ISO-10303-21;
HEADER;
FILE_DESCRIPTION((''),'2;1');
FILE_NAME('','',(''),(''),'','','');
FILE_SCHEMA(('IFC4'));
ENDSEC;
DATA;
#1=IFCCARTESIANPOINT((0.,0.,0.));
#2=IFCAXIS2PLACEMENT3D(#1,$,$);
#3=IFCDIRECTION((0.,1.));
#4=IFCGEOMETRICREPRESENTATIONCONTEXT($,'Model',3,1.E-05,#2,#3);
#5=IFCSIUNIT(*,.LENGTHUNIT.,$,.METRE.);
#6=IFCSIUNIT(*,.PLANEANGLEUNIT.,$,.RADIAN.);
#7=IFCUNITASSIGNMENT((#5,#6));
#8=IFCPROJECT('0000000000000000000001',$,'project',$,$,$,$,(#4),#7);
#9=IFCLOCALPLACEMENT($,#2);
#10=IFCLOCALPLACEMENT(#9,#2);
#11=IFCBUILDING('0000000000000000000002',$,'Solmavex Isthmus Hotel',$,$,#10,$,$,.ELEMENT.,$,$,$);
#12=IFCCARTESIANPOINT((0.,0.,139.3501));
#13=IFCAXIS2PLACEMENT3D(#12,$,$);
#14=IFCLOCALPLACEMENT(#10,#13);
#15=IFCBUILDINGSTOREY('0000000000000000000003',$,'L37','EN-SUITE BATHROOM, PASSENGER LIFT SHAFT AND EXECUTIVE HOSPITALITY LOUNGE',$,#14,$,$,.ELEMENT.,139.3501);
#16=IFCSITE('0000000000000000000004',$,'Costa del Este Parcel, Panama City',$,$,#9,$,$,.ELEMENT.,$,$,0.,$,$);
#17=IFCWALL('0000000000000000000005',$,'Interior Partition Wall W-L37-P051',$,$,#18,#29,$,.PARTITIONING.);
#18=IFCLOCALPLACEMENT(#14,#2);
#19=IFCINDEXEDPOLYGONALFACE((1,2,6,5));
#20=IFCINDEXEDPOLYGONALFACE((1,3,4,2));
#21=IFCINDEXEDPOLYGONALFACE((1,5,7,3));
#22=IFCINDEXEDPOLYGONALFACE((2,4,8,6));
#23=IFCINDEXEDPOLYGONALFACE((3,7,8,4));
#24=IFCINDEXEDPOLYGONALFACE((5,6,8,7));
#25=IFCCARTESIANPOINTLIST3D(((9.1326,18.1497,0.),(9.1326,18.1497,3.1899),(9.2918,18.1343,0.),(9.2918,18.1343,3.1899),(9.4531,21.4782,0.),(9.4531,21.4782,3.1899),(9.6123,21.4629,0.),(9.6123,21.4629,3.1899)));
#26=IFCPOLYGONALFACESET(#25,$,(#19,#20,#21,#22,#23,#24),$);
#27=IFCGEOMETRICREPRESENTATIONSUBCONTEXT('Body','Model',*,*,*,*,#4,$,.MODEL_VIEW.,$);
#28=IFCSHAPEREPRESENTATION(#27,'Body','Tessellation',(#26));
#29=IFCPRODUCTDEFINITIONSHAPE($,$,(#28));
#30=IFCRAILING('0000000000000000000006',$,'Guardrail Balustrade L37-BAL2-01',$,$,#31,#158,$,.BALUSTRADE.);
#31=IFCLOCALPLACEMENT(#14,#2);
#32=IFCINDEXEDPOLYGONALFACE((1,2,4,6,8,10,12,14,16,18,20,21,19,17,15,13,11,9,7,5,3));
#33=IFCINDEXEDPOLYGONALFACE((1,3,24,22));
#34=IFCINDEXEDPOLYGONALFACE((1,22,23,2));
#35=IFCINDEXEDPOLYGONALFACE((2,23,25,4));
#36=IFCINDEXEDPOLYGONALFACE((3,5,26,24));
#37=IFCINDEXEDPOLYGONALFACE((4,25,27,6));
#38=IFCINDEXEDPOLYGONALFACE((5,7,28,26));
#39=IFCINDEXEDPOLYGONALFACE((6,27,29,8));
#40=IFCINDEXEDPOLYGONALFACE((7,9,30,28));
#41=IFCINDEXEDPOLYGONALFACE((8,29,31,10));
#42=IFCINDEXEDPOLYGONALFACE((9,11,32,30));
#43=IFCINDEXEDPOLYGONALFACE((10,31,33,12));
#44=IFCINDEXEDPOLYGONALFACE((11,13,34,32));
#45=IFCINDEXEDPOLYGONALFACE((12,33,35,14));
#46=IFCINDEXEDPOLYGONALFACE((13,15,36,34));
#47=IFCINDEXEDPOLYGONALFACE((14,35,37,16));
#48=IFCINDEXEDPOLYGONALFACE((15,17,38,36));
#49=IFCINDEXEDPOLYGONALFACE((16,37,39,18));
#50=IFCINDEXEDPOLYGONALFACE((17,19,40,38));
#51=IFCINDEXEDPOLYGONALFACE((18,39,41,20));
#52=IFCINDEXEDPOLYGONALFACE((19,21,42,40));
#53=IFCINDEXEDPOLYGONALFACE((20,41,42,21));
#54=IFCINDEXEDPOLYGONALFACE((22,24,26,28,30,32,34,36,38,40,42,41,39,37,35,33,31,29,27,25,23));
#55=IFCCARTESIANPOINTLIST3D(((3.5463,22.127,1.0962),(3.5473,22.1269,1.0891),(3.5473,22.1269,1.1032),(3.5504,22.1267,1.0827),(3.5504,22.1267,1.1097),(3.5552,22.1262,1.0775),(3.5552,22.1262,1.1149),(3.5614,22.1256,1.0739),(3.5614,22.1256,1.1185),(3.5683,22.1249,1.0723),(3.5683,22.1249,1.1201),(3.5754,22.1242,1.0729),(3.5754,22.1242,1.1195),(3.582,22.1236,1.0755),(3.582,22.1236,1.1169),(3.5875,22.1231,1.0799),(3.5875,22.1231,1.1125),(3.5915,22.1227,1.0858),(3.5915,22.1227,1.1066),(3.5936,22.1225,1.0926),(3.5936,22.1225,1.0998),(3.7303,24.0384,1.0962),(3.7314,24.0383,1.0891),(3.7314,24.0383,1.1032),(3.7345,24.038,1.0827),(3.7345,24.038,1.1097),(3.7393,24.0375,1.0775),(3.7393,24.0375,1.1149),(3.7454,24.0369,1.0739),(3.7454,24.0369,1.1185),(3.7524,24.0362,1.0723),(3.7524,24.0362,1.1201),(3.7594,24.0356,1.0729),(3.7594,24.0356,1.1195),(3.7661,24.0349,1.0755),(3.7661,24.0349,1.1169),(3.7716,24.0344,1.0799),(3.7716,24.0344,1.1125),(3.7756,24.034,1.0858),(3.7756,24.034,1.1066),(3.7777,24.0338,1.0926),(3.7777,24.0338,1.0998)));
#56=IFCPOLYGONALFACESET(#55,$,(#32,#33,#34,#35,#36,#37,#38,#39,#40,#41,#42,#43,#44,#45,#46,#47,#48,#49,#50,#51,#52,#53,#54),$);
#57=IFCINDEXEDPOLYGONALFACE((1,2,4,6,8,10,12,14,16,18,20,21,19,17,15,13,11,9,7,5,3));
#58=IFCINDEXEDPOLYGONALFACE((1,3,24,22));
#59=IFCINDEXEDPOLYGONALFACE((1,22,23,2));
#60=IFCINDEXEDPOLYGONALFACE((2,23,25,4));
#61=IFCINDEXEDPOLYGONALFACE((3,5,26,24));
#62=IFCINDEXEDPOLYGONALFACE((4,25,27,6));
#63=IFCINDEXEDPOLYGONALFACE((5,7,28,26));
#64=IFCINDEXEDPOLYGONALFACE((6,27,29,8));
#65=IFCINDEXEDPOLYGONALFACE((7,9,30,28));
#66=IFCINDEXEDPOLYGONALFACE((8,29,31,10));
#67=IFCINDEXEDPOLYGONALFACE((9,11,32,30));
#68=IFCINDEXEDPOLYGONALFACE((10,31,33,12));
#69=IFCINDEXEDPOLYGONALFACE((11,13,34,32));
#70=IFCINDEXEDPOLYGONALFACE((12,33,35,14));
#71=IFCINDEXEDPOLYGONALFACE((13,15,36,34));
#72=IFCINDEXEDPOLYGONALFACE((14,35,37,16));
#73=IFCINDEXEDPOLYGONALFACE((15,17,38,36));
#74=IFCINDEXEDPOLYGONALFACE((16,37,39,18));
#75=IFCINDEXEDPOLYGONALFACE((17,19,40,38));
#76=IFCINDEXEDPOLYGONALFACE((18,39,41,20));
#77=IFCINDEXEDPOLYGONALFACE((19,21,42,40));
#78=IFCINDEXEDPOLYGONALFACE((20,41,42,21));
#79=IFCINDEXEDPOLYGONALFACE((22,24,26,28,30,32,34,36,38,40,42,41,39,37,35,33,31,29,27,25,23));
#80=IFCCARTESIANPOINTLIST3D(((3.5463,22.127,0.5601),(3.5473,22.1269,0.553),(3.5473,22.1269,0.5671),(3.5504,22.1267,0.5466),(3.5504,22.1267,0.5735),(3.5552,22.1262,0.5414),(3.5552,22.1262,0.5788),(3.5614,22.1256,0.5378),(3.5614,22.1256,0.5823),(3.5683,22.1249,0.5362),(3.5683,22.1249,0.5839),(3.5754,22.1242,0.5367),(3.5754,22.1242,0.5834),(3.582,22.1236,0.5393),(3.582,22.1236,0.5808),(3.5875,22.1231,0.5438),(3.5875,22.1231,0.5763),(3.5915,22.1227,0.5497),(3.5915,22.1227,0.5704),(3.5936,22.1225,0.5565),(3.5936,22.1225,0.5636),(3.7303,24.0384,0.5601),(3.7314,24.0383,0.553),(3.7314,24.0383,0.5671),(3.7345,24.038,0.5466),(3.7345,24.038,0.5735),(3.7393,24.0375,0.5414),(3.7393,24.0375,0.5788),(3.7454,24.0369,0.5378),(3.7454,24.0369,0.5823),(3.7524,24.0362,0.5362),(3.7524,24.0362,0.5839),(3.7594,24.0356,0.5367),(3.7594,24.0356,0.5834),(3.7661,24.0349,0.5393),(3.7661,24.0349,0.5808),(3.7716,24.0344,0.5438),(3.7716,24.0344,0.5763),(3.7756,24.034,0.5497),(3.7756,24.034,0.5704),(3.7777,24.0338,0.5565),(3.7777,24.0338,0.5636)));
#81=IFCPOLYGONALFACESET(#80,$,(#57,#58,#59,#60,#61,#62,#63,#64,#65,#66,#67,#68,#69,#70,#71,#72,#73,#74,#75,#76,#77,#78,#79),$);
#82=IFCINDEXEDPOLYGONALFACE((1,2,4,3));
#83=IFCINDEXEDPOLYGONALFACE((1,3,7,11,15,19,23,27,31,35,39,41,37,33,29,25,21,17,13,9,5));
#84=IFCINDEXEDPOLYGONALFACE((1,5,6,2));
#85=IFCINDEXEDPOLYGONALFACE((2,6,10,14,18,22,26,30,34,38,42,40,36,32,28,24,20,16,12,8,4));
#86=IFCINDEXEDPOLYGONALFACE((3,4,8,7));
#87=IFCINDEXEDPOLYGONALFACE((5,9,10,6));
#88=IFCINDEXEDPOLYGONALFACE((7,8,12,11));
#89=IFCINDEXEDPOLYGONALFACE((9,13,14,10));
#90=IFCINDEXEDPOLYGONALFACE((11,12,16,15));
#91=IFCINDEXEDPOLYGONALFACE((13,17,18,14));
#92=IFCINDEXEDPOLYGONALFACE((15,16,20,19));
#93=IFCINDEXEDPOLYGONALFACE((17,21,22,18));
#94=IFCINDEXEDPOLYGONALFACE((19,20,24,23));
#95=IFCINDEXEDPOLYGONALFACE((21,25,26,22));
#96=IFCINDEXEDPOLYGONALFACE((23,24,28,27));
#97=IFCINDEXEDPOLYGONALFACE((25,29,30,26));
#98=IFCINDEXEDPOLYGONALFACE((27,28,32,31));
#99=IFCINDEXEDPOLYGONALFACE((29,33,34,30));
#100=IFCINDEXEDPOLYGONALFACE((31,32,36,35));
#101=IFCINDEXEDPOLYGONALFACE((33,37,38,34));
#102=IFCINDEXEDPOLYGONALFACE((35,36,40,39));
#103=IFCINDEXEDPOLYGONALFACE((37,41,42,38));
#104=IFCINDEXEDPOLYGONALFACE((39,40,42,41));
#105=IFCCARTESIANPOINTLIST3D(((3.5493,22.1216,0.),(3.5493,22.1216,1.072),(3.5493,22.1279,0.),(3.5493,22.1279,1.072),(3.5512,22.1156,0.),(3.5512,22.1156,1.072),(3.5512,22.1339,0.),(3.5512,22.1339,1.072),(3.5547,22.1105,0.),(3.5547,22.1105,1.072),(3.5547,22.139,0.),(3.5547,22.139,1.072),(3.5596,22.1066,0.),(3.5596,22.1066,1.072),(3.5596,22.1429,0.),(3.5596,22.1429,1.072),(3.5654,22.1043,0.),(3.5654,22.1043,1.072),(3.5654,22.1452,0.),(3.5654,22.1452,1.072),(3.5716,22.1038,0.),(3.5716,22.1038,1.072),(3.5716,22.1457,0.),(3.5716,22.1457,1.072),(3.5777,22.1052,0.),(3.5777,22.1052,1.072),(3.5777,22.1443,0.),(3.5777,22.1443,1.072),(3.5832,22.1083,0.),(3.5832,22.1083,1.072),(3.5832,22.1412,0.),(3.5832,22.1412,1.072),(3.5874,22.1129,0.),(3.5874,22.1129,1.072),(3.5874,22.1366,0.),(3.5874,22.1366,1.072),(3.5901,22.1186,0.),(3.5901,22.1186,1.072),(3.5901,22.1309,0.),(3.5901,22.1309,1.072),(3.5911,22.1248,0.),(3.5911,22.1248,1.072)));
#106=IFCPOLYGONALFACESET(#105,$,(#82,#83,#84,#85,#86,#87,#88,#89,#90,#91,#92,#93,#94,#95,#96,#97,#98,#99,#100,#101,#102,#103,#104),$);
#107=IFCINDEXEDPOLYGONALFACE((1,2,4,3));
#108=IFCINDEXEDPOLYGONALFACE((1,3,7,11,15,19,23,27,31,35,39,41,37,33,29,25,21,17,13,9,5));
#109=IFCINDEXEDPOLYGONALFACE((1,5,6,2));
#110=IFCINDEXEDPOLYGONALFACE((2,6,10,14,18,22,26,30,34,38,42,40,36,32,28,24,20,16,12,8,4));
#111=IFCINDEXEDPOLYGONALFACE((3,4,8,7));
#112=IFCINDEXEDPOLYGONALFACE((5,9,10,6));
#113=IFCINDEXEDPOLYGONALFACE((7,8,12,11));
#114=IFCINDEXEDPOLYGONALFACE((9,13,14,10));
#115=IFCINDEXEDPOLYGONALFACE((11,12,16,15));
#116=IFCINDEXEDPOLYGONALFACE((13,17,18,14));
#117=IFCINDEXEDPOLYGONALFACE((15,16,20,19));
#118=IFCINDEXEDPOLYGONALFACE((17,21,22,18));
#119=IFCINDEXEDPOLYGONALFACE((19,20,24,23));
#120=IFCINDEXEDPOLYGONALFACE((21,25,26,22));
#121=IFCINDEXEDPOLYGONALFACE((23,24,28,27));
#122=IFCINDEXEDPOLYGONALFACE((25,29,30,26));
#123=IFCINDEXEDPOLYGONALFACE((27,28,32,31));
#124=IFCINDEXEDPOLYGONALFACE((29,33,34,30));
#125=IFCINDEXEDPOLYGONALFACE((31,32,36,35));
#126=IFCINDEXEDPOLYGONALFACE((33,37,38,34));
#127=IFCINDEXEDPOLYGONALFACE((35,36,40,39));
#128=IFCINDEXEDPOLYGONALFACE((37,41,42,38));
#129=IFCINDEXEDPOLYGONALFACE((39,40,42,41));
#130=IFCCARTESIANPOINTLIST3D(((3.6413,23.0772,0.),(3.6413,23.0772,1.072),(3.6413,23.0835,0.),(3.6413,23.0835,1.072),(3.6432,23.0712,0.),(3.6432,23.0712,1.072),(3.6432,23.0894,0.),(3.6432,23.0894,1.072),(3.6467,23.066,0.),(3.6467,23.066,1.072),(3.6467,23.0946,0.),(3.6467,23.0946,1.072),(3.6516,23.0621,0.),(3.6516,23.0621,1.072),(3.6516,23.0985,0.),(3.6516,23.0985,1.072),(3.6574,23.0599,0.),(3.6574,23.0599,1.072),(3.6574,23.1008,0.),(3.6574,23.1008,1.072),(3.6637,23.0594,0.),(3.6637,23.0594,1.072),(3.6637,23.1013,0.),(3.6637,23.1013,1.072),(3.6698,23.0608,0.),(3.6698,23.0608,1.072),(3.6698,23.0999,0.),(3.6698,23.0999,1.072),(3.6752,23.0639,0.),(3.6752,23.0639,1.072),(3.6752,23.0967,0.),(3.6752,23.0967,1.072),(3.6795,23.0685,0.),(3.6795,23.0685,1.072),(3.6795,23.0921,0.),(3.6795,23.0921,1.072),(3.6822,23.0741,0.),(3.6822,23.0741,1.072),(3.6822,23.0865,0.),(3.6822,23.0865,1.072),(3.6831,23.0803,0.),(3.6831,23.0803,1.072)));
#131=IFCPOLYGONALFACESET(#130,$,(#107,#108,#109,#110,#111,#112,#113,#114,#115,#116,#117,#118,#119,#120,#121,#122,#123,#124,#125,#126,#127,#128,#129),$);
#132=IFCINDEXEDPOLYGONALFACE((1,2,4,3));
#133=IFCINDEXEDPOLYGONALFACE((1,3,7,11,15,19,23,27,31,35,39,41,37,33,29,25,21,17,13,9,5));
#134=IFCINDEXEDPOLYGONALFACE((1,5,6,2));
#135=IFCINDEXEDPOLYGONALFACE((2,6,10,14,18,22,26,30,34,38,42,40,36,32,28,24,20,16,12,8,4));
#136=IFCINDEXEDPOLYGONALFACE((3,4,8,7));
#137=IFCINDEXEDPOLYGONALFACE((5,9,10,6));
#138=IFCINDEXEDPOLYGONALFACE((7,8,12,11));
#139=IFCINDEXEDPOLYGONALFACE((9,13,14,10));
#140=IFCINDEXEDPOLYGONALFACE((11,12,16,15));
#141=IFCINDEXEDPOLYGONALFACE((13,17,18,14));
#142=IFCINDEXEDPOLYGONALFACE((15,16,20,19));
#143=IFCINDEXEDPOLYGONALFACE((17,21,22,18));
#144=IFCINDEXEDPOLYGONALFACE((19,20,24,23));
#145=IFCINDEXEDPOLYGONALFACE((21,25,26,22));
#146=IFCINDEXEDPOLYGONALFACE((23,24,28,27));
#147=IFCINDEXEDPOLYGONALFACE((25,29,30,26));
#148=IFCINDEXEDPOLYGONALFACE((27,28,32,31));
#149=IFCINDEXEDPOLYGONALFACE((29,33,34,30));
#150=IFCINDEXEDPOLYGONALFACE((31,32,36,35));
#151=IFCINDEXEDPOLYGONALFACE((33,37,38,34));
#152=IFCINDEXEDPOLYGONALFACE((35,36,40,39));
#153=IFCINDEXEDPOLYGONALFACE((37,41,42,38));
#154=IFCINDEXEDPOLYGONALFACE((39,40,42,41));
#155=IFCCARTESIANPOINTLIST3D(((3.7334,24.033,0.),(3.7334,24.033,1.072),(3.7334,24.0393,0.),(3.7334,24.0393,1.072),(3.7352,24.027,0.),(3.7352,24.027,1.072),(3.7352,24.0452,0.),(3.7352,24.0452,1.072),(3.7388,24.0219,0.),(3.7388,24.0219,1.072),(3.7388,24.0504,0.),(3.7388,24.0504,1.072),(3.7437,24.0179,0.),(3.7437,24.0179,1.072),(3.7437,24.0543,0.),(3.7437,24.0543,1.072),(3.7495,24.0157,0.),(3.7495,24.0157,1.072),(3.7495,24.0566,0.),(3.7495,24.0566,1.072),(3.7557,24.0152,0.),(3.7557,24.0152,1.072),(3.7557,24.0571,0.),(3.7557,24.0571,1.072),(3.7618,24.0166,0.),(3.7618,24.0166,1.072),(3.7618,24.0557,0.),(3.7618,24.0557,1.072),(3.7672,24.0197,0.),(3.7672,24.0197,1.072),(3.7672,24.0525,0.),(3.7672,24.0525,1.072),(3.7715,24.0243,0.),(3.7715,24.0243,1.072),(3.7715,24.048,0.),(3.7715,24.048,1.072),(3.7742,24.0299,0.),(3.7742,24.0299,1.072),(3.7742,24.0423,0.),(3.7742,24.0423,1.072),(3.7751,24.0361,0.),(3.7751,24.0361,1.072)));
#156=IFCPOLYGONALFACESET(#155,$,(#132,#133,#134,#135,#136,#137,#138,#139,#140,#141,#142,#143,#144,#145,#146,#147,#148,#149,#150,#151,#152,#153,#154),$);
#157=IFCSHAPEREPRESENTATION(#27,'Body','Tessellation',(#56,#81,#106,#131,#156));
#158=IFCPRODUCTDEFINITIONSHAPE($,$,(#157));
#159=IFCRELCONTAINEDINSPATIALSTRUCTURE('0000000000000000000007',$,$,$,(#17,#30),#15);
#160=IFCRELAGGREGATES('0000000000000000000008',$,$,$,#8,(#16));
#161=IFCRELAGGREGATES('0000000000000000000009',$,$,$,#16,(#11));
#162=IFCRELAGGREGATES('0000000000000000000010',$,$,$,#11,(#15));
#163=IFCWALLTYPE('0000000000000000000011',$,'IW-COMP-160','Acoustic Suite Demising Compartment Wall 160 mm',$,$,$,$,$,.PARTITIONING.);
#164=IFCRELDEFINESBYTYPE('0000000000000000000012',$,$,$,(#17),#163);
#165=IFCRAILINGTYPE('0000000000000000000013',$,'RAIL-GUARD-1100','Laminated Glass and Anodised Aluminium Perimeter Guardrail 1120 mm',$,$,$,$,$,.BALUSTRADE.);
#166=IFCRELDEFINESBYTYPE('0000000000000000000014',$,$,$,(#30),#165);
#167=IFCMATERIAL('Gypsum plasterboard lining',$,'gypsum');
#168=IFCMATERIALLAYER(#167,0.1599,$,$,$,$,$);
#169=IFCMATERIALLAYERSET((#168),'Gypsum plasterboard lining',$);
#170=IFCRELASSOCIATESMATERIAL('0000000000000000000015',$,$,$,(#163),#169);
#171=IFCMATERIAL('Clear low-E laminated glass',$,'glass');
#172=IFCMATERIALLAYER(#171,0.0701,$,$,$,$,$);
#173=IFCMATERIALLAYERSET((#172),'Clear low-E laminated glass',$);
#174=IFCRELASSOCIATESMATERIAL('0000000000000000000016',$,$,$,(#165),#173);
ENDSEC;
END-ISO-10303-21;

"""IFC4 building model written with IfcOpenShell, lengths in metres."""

from ifc_helpers import new_model, si_unit, direction, frame, frame_2d, origin, origin_2d, place, context, subcontext, project, spatial, rectangle, circle, extrude, material, layer, layer_set, type_object, element, save


model = new_model("IFC4")

# Units and contexts
model_context = context("Model", 3, precision=1e-05, world=origin(), true_north=direction((0.0, 1.0)))
body_context = subcontext(model_context, "Body", "Model", "MODEL_VIEW")
ifc_project = project(units=[si_unit("LENGTHUNIT", "METRE"), si_unit("PLANEANGLEUNIT", "RADIAN")], contexts=[model_context])

# Site, building, storey
site_placement = place(None, origin())
site = spatial("IfcSite", under=ifc_project, at=site_placement, Name="Costa del Este Parcel, Panama City", CompositionType="ELEMENT", RefElevation=0.0)
building_placement = place(site_placement, origin())
building = spatial("IfcBuilding", under=site, at=building_placement, Name="Solmavex Isthmus Hotel", CompositionType="ELEMENT")
storey_placement = place(building_placement, frame((0.0, 0.0, 139.3501)))
storey = spatial("IfcBuildingStorey", under=building, at=storey_placement, Name="L37", Description="EN-SUITE BATHROOM, PASSENGER LIFT SHAFT AND EXECUTIVE HOSPITALITY LOUNGE", CompositionType="ELEMENT", Elevation=139.3501)

# Shared definitions
ifc_material_1 = material(Name="Clear low-E laminated glass", Category="glass")

# Wall
ifc_material_2 = material(Name="Gypsum plasterboard lining", Category="gypsum")
ifc_layer_1 = layer(ifc_material_2, 0.1599)
ifc_layer_set_1 = layer_set([ifc_layer_1], Name="Gypsum plasterboard lining")
wall_type_1 = type_object("IfcWallType", Name="IW-COMP-160", Description="Acoustic Suite Demising Compartment Wall 160 mm", PredefinedType="PARTITIONING", material=ifc_layer_set_1)
wall_1_placement = place(storey_placement, frame((9.5327, 21.4705, 0.0), z_axis=(0.0, 0.0, 1.0), x_axis=(-0.09586, -0.995395, 0.0)))
element("IfcWall", 1, at=wall_1_placement, inside=storey, type_object=wall_type_1, Name="Interior Partition Wall W-L37-P051", PredefinedType="PARTITIONING", context=body_context, shape_type="SweptSolid", body=[
    extrude(rectangle(XDim=3.344, YDim=0.1599, at=frame_2d((1.6719, 0.0))), origin(), (0.0, 0.0, 1.0), 3.1899),
])

# Railing
ifc_layer_2 = layer(ifc_material_1, 0.0701)
ifc_layer_set_2 = layer_set([ifc_layer_2], Name="Clear low-E laminated glass")
railing_type = type_object("IfcRailingType", Name="RAIL-GUARD-1100", Description="Laminated Glass and Anodised Aluminium Perimeter Guardrail 1120 mm", PredefinedType="BALUSTRADE", material=ifc_layer_set_2)
railing_1_placement = place(storey_placement, frame((3.5701, 22.1248, 0.0)))
element("IfcRailing", 2, at=railing_1_placement, inside=storey, type_object=railing_type, Name="Guardrail Balustrade L37-BAL2-01", PredefinedType="BALUSTRADE", context=body_context, shape_type="SweptSolid", body=[
    extrude(circle(Radius=0.0239, at=origin_2d()), frame((0.0, 0.0, 1.0962), z_axis=(0.095865, 0.995394, 0.0), x_axis=(-0.995394, 0.095865, 0.0)), (0.0, 0.0, 1.0), 1.9202),
    extrude(circle(Radius=0.0239, at=origin_2d()), frame((0.0, 0.0, 0.5601), z_axis=(0.095865, 0.995394, 0.0), x_axis=(-0.995394, 0.095865, 0.0)), (0.0, 0.0, 1.0), 1.9202),
    extrude(circle(Radius=0.021, at=origin_2d()), origin(), (0.0, 0.0, 1.0), 1.072),
    extrude(circle(Radius=0.021, at=origin_2d()), frame((0.092, 0.9556, 0.0)), (0.0, 0.0, 1.0), 1.072),
    extrude(circle(Radius=0.021, at=origin_2d()), frame((0.1841, 1.9114, 0.0)), (0.0, 0.0, 1.0), 1.072),
])

save(model, "model.ifc")
